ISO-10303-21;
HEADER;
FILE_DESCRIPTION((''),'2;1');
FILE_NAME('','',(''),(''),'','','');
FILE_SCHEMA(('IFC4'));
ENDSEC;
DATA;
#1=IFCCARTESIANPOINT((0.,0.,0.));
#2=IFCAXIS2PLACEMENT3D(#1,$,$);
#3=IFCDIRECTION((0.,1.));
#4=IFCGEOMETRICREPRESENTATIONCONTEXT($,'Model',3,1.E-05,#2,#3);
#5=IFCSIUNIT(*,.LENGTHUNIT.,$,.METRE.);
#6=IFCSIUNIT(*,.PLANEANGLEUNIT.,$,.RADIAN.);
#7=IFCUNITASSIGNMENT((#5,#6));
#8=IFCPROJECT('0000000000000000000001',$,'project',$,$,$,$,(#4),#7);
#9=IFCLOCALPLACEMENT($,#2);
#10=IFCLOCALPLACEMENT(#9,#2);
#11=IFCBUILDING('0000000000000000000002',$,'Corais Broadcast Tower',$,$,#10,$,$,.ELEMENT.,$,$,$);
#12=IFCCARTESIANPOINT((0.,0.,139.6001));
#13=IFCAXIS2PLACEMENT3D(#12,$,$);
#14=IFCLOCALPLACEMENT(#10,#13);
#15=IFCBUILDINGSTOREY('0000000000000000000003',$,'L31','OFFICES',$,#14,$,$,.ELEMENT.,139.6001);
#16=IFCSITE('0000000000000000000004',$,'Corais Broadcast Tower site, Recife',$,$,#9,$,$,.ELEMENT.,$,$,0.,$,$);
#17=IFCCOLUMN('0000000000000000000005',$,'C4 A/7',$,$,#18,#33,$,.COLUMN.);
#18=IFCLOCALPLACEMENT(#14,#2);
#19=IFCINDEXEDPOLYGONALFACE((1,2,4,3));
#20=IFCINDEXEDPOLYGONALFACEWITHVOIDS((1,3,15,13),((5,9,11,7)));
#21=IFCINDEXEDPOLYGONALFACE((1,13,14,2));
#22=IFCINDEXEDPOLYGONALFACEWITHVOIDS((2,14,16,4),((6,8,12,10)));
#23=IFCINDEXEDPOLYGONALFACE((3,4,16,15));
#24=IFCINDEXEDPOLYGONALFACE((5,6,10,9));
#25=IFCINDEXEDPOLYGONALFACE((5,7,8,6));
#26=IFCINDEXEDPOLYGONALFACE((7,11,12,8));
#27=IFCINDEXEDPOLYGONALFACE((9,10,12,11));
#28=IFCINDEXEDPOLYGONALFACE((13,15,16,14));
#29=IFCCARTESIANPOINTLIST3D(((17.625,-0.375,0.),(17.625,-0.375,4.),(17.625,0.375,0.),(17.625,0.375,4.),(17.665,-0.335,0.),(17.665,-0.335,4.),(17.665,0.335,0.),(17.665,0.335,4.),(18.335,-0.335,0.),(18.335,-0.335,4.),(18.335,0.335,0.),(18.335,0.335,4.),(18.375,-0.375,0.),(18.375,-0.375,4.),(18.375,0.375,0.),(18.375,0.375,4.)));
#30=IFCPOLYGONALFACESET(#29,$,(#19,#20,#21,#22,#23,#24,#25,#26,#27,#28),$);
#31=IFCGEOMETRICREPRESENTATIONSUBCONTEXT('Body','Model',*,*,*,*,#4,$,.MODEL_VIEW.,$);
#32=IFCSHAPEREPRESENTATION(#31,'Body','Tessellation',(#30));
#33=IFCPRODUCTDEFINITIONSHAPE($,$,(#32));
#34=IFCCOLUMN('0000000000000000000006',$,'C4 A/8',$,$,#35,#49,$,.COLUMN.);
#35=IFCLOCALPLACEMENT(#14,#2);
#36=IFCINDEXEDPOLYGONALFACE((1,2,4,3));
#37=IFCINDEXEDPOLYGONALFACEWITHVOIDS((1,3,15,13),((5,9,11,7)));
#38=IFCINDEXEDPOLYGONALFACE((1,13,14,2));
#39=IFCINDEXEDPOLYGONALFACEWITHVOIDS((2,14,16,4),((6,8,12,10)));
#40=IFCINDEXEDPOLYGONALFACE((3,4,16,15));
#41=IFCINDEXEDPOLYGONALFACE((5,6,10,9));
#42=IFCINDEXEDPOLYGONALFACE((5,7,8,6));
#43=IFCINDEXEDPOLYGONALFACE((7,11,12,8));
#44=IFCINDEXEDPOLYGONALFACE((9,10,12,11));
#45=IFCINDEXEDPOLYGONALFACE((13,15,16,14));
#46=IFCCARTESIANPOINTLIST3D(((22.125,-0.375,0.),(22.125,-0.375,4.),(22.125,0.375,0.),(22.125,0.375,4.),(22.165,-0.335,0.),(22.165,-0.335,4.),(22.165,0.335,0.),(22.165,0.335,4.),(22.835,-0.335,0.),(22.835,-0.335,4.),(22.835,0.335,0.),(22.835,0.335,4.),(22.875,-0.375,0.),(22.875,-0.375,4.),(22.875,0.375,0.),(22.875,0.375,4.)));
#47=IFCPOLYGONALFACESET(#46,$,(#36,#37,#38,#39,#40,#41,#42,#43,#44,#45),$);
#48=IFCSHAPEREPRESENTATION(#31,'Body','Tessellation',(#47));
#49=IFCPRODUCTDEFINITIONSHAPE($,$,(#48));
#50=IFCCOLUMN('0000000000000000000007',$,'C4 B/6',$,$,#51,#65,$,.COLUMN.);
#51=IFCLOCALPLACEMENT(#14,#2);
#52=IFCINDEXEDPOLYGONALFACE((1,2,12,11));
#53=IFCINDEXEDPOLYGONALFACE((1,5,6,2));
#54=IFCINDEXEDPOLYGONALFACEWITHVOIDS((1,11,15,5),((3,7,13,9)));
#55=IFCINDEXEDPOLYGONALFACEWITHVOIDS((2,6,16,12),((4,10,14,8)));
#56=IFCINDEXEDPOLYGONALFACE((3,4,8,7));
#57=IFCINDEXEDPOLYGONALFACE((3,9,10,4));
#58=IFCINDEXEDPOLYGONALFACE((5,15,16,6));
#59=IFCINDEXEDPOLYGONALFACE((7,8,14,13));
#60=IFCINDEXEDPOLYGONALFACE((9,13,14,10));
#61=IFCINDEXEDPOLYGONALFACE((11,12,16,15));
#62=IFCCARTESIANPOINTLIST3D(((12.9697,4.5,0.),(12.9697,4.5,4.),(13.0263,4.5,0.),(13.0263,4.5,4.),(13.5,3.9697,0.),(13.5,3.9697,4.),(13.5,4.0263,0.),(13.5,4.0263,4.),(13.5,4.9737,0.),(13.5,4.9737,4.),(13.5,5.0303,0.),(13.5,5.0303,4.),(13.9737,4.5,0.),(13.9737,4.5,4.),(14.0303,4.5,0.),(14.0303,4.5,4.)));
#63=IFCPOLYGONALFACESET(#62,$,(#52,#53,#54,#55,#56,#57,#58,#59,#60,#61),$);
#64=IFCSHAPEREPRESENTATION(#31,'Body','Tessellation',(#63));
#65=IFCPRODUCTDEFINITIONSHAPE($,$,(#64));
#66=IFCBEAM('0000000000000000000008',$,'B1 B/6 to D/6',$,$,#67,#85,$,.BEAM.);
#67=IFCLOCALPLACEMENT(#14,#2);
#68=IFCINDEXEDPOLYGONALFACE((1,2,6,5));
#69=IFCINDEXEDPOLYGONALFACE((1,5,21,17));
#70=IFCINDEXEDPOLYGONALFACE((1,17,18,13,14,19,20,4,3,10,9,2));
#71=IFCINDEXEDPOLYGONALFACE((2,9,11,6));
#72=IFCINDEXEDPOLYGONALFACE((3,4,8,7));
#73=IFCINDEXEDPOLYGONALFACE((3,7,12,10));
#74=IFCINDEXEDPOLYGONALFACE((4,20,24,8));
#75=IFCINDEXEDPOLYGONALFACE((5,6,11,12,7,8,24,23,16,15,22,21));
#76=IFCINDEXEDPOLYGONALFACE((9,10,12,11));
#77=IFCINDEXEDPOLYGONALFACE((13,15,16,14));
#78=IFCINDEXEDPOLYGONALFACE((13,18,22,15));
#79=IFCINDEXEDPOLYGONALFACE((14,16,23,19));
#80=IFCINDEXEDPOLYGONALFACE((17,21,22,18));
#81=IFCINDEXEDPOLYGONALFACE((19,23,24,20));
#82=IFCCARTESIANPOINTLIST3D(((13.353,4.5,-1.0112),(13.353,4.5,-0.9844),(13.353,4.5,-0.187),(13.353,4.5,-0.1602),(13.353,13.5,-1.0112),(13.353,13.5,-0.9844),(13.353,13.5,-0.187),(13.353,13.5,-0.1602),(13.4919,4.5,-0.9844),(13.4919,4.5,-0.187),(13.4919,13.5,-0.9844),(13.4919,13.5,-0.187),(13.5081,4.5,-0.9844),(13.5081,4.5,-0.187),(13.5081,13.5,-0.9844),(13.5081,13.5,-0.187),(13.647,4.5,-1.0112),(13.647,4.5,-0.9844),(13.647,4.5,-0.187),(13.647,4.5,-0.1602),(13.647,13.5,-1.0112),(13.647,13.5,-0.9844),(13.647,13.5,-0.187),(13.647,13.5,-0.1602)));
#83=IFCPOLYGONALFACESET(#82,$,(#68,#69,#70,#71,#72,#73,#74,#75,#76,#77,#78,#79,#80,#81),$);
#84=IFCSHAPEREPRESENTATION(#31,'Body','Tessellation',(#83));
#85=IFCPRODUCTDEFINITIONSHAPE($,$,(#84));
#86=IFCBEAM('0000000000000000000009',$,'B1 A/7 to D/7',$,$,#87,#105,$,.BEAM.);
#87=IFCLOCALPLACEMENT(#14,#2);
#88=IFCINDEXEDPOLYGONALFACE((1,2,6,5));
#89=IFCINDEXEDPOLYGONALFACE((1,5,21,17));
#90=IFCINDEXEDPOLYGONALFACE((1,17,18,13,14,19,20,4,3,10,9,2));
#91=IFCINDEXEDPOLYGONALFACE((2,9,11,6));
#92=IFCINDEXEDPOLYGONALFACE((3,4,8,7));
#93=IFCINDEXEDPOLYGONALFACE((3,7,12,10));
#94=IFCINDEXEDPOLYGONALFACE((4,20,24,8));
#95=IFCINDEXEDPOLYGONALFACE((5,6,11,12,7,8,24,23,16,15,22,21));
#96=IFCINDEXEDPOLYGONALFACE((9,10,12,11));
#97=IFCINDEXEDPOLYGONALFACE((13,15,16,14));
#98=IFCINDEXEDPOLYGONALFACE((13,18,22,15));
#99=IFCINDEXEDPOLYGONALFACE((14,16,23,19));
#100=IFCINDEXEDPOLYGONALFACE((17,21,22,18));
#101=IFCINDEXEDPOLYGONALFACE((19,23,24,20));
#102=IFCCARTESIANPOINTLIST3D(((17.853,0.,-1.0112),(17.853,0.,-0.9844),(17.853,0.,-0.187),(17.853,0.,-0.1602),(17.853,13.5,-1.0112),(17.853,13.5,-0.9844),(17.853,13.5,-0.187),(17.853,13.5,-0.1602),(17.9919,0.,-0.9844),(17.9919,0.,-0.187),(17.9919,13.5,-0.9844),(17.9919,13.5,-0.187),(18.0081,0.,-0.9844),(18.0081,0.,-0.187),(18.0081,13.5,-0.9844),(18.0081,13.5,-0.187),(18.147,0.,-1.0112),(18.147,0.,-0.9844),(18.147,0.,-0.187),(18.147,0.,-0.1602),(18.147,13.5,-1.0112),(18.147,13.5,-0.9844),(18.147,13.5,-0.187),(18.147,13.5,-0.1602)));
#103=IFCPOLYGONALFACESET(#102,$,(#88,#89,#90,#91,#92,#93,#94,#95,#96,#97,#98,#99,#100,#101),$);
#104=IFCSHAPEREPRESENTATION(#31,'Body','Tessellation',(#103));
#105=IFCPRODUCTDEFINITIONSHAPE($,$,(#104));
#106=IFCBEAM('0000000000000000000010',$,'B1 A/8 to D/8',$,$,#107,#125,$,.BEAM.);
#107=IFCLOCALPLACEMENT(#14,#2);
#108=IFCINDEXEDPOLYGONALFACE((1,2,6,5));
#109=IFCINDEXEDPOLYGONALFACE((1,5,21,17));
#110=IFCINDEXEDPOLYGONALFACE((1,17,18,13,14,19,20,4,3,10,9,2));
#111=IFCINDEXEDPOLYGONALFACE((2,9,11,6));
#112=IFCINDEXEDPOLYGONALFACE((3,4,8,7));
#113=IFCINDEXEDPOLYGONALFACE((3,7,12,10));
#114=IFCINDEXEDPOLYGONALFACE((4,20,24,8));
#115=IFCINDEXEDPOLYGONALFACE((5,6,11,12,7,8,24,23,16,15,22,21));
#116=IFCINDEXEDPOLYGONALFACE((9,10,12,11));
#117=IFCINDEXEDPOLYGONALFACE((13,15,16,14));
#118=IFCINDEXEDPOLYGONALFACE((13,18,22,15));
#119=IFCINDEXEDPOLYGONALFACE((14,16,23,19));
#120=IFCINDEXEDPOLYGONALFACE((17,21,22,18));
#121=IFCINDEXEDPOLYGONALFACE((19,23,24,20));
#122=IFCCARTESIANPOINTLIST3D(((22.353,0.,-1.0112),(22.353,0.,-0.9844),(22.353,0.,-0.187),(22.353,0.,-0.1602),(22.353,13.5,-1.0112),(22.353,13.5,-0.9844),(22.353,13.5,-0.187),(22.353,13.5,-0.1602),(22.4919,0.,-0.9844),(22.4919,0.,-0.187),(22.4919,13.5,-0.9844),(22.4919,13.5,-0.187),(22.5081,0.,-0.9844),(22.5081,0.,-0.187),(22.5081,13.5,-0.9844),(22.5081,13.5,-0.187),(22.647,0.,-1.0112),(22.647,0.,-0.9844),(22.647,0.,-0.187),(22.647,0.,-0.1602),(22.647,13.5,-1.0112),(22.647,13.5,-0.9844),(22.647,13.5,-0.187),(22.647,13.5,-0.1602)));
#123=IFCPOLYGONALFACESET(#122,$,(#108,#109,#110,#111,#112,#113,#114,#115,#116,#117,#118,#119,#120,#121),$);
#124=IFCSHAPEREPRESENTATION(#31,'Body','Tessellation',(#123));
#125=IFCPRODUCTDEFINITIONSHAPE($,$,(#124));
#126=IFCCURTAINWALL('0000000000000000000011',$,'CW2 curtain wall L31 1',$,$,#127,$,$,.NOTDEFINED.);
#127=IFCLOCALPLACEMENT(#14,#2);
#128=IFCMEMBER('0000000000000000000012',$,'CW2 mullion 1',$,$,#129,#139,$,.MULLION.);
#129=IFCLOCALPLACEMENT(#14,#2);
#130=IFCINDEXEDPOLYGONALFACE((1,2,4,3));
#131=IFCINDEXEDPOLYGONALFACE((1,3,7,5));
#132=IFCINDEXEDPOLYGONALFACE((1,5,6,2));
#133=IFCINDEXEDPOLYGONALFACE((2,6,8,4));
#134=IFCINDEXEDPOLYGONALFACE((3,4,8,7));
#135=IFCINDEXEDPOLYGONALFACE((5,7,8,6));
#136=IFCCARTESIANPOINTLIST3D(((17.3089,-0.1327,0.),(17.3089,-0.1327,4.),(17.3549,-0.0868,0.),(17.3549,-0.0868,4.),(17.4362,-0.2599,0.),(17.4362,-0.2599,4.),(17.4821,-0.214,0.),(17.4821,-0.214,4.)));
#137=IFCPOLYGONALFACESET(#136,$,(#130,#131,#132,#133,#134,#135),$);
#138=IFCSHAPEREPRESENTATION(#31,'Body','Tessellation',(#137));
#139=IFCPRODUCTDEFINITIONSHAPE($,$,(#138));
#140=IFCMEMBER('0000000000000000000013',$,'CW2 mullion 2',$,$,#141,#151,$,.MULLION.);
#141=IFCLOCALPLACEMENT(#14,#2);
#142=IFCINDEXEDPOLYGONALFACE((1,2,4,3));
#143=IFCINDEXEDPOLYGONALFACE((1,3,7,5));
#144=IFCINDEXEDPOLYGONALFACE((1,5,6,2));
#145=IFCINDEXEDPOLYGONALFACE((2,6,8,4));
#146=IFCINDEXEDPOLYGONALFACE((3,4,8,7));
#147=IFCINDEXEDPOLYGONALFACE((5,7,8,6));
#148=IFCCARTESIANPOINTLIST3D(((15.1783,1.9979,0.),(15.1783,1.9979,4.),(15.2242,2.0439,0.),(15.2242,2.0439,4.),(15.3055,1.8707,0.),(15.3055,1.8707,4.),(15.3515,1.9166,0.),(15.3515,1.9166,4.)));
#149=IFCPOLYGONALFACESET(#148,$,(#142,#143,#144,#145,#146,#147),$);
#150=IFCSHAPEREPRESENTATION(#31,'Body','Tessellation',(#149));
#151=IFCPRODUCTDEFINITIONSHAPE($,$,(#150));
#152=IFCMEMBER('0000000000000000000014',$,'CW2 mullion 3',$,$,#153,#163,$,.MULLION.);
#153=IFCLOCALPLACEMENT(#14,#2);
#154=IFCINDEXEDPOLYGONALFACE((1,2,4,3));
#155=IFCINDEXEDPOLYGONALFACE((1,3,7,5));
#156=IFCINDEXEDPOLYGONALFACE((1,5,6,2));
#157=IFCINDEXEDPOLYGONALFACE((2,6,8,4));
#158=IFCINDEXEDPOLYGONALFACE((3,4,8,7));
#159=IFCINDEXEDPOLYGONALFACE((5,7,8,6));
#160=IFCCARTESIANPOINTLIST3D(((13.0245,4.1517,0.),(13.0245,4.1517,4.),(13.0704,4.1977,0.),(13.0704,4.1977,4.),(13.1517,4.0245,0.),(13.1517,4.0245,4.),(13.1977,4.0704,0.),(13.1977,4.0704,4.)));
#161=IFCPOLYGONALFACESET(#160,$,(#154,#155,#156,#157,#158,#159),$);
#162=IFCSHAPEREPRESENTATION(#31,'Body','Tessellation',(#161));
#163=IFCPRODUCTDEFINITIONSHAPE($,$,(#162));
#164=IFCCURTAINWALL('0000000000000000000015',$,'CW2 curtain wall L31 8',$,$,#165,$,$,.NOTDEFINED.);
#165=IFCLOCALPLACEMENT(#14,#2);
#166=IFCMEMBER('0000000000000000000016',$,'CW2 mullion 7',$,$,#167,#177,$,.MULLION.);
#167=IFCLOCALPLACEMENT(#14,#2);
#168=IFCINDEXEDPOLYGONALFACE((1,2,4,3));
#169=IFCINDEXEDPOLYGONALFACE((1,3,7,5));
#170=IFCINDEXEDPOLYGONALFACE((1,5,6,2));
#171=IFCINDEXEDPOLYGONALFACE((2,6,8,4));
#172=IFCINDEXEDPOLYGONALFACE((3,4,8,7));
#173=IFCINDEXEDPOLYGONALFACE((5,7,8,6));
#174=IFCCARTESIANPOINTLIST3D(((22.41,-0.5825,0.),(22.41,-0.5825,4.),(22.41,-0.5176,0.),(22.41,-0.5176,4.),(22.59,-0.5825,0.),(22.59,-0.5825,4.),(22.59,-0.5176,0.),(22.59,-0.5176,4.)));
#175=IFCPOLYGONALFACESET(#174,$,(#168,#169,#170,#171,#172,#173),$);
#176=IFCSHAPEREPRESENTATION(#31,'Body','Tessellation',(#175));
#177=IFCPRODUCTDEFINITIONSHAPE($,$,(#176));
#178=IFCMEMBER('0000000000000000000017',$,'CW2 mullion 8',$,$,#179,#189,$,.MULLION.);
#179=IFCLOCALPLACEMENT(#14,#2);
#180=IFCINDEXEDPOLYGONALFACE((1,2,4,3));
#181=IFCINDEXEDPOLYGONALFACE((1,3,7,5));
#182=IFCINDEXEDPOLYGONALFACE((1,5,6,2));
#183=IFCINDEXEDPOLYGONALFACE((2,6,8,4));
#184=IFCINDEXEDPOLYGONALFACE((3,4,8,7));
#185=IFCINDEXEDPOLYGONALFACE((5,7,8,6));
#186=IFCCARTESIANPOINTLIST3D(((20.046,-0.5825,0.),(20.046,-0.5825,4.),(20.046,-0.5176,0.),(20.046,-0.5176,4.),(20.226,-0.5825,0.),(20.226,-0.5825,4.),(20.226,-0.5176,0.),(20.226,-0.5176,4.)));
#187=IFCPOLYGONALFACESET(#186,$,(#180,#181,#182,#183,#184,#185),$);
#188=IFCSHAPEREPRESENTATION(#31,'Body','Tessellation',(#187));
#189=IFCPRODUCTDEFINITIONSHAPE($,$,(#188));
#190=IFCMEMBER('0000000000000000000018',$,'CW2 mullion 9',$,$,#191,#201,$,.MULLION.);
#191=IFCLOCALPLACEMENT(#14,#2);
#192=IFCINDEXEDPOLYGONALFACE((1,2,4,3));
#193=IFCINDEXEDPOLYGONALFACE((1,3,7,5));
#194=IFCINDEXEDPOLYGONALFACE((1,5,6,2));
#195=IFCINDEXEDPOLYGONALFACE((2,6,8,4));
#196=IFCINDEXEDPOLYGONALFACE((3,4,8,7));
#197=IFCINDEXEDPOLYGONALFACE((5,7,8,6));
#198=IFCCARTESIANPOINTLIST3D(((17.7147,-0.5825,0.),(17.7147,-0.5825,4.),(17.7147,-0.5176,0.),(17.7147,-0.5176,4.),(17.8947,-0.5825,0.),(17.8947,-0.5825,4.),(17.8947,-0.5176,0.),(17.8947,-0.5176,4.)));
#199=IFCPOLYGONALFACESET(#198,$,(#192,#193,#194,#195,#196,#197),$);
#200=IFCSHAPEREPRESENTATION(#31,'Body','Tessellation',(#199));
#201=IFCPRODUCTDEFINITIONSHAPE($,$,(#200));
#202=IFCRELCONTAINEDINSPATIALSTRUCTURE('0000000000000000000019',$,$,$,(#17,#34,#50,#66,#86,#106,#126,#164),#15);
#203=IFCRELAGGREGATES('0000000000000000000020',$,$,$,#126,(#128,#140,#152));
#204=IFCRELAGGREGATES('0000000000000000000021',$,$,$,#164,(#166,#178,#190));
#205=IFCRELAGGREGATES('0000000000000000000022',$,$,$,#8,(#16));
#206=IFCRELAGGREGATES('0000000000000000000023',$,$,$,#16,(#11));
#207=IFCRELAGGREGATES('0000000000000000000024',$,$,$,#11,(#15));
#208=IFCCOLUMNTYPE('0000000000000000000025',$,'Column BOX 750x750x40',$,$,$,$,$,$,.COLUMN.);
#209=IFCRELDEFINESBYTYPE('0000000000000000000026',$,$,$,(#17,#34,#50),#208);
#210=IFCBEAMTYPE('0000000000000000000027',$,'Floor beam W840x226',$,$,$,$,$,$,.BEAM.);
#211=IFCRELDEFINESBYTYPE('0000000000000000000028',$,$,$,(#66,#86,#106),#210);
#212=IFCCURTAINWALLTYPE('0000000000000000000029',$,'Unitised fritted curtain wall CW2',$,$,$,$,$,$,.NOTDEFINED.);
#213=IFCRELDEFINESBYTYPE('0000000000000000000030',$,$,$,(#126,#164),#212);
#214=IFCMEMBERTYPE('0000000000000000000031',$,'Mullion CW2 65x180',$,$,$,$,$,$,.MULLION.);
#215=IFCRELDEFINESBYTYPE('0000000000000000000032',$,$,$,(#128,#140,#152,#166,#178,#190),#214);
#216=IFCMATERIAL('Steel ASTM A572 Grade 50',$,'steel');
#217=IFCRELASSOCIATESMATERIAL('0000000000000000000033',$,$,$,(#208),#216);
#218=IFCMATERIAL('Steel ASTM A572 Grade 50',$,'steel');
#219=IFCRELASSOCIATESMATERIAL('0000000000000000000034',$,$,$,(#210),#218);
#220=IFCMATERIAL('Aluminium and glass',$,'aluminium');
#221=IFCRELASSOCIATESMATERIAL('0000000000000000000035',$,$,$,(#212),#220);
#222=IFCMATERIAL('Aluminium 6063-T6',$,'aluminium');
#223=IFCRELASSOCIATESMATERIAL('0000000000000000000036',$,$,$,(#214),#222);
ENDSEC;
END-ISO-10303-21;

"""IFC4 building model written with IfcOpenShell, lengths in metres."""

from ifc_helpers import new_model, si_unit, direction, frame, origin, origin_2d, place, context, subcontext, project, spatial, rectangle, hollow_rectangle, i_section, extrude, material, material_profile, profile_set, type_object, element, aggregate, save


model = new_model("IFC4")

# Units and contexts
model_context = context("Model", 3, precision=1e-05, world=origin(), true_north=direction((0.0, 1.0)))
body_context = subcontext(model_context, "Body", "Model", "MODEL_VIEW")
ifc_project = project(units=[si_unit("LENGTHUNIT", "METRE"), si_unit("PLANEANGLEUNIT", "RADIAN")], contexts=[model_context])

# Site, building, storey
site_placement = place(None, origin())
site = spatial("IfcSite", under=ifc_project, at=site_placement, Name="Corais Broadcast Tower site, Recife", CompositionType="ELEMENT", RefElevation=0.0)
building_placement = place(site_placement, origin())
building = spatial("IfcBuilding", under=site, at=building_placement, Name="Corais Broadcast Tower", CompositionType="ELEMENT")
storey_placement = place(building_placement, frame((0.0, 0.0, 139.6001)))
storey = spatial("IfcBuildingStorey", under=building, at=storey_placement, Name="L31", Description="OFFICES", CompositionType="ELEMENT", Elevation=139.6001)

# Columns
ifc_material_1 = material(Name="Steel ASTM A572 Grade 50", Category="steel")
ifc_material_profile_1 = material_profile(ifc_material_1, hollow_rectangle(XDim=0.75, YDim=0.75, WallThickness=0.04, at=origin_2d()), Name="BOX 750x750x40")
ifc_profile_set_1 = profile_set([ifc_material_profile_1], Name="Steel ASTM A572 Grade 50")
column_type = type_object("IfcColumnType", Name="Column BOX 750x750x40", PredefinedType="COLUMN", material=ifc_profile_set_1)
for number, where, z_axis, x_axis, name in (
    (1, (18.0, 0.0, 0.0), (0.0, 0.0, 1.0), (1.0, 0.0, 0.0), "C4 A/7"),
    (2, (22.5, 0.0, 0.0), (0.0, 0.0, 1.0), (1.0, 0.0, 0.0), "C4 A/8"),
    (3, (13.5, 4.5, 0.0), (0.0, 0.0, 1.0), (0.707107, 0.707107, 0.0), "C4 B/6"),
):
    element("IfcColumn", number, at=place(storey_placement, frame(where, z_axis=z_axis, x_axis=x_axis)), inside=storey, type_object=column_type, Name=name, PredefinedType="COLUMN", context=body_context, shape_type="SweptSolid", body=[
        extrude(hollow_rectangle(XDim=0.75, YDim=0.75, WallThickness=0.04, at=origin_2d()), origin(), (0.0, 0.0, 1.0), 4.0),
    ])

# Beams
ifc_material_2 = material(Name="Steel ASTM A572 Grade 50", Category="steel")
ifc_material_profile_2 = material_profile(ifc_material_2, i_section(OverallWidth=0.2939, OverallDepth=0.8511, WebThickness=0.0161, FlangeThickness=0.0269, at=origin_2d()), Name="W840x226")
ifc_profile_set_2 = profile_set([ifc_material_profile_2], Name="Steel ASTM A572 Grade 50")
beam_type_1 = type_object("IfcBeamType", Name="Floor beam W840x226", PredefinedType="BEAM", material=ifc_profile_set_2)
beam_1_placement = place(storey_placement, frame((13.5, 4.5, -0.5857), z_axis=(0.0, 1.0, 0.0), x_axis=(-1.0, 0.0, 0.0)))
element("IfcBeam", 4, at=beam_1_placement, inside=storey, type_object=beam_type_1, Name="B1 B/6 to D/6", PredefinedType="BEAM", context=body_context, shape_type="SweptSolid", body=[
    extrude(i_section(OverallWidth=0.2939, OverallDepth=0.8511, WebThickness=0.0161, FlangeThickness=0.0269, at=origin_2d()), origin(), (0.0, 0.0, 1.0), 9.0),
])
for number, where, z_axis, x_axis, name in (
    (5, (18.0, 0.0, -0.5857), (0.0, 1.0, 0.0), (-1.0, 0.0, 0.0), "B1 A/7 to D/7"),
    (6, (22.5, 0.0, -0.5857), (0.0, 1.0, 0.0), (-1.0, 0.0, 0.0), "B1 A/8 to D/8"),
):
    element("IfcBeam", number, at=place(storey_placement, frame(where, z_axis=z_axis, x_axis=x_axis)), inside=storey, type_object=beam_type_1, Name=name, PredefinedType="BEAM", context=body_context, shape_type="SweptSolid", body=[
        extrude(i_section(OverallWidth=0.2939, OverallDepth=0.8511, WebThickness=0.0161, FlangeThickness=0.0269, at=origin_2d()), origin(), (0.0, 0.0, 1.0), 13.5),
    ])

# Curtain walls, members
ifc_material_3 = material(Name="Aluminium and glass", Category="aluminium")
curtain_wall_type = type_object("IfcCurtainWallType", Name="Unitised fritted curtain wall CW2", PredefinedType="NOTDEFINED", material=ifc_material_3)
curtain_wall_1_placement = place(storey_placement, origin())
curtain_wall_1 = element("IfcCurtainWall", 7, at=curtain_wall_1_placement, inside=storey, type_object=curtain_wall_type, Name="CW2 curtain wall L31 1", PredefinedType="NOTDEFINED")
ifc_material_4 = material(Name="Aluminium 6063-T6", Category="aluminium")
ifc_material_profile_3 = material_profile(ifc_material_4, rectangle(XDim=0.0649, YDim=0.1799, at=origin_2d()), Name="Mullion CW2 65x180")
ifc_profile_set_3 = profile_set([ifc_material_profile_3], Name="Aluminium 6063-T6")
member_type_1 = type_object("IfcMemberType", Name="Mullion CW2 65x180", PredefinedType="MULLION", material=ifc_profile_set_3)
member_1_placement = place(storey_placement, frame((17.3955, -0.1733, 0.0), z_axis=(0.0, 0.0, 1.0), x_axis=(-0.707107, -0.707107, 0.0)))
member_1 = element("IfcMember", 8, at=member_1_placement, type_object=member_type_1, Name="CW2 mullion 1", PredefinedType="MULLION", context=body_context, shape_type="SweptSolid", body=[
    extrude(rectangle(XDim=0.0649, YDim=0.1799, at=origin_2d()), origin(), (0.0, 0.0, 1.0), 4.0),
])
member_2_placement = place(storey_placement, frame((15.2649, 1.9573, 0.0), z_axis=(0.0, 0.0, 1.0), x_axis=(-0.707107, -0.707107, 0.0)))
member_2 = element("IfcMember", 9, at=member_2_placement, type_object=member_type_1, Name="CW2 mullion 2", PredefinedType="MULLION", context=body_context, shape_type="SweptSolid", body=[
    extrude(rectangle(XDim=0.0649, YDim=0.1799, at=origin_2d()), origin(), (0.0, 0.0, 1.0), 4.0),
])
member_3_placement = place(storey_placement, frame((13.1111, 4.1111, 0.0), z_axis=(0.0, 0.0, 1.0), x_axis=(-0.707107, -0.707107, 0.0)))
member_3 = element("IfcMember", 10, at=member_3_placement, type_object=member_type_1, Name="CW2 mullion 3", PredefinedType="MULLION", context=body_context, shape_type="SweptSolid", body=[
    extrude(rectangle(XDim=0.0649, YDim=0.1799, at=origin_2d()), origin(), (0.0, 0.0, 1.0), 4.0),
])
curtain_wall_2_placement = place(storey_placement, origin())
curtain_wall_2 = element("IfcCurtainWall", 11, at=curtain_wall_2_placement, inside=storey, type_object=curtain_wall_type, Name="CW2 curtain wall L31 8", PredefinedType="NOTDEFINED")
member_4_placement = place(storey_placement, frame((22.5, -0.55, 0.0), z_axis=(0.0, 0.0, 1.0), x_axis=(0.0, -1.0, 0.0)))
member_4 = element("IfcMember", 12, at=member_4_placement, type_object=member_type_1, Name="CW2 mullion 7", PredefinedType="MULLION", context=body_context, shape_type="SweptSolid", body=[
    extrude(rectangle(XDim=0.0649, YDim=0.1799, at=origin_2d()), origin(), (0.0, 0.0, 1.0), 4.0),
])
member_5_placement = place(storey_placement, frame((20.136, -0.55, 0.0), z_axis=(0.0, 0.0, 1.0), x_axis=(0.0, -1.0, 0.0)))
member_5 = element("IfcMember", 13, at=member_5_placement, type_object=member_type_1, Name="CW2 mullion 8", PredefinedType="MULLION", context=body_context, shape_type="SweptSolid", body=[
    extrude(rectangle(XDim=0.0649, YDim=0.1799, at=origin_2d()), origin(), (0.0, 0.0, 1.0), 4.0),
])
member_6_placement = place(storey_placement, frame((17.8047, -0.55, 0.0), z_axis=(0.0, 0.0, 1.0), x_axis=(0.0, -1.0, 0.0)))
member_6 = element("IfcMember", 14, at=member_6_placement, type_object=member_type_1, Name="CW2 mullion 9", PredefinedType="MULLION", context=body_context, shape_type="SweptSolid", body=[
    extrude(rectangle(XDim=0.0649, YDim=0.1799, at=origin_2d()), origin(), (0.0, 0.0, 1.0), 4.0),
])

aggregate(curtain_wall_1, [member_1, member_2, member_3])
aggregate(curtain_wall_2, [member_4, member_5, member_6])

save(model, "model.ifc")
